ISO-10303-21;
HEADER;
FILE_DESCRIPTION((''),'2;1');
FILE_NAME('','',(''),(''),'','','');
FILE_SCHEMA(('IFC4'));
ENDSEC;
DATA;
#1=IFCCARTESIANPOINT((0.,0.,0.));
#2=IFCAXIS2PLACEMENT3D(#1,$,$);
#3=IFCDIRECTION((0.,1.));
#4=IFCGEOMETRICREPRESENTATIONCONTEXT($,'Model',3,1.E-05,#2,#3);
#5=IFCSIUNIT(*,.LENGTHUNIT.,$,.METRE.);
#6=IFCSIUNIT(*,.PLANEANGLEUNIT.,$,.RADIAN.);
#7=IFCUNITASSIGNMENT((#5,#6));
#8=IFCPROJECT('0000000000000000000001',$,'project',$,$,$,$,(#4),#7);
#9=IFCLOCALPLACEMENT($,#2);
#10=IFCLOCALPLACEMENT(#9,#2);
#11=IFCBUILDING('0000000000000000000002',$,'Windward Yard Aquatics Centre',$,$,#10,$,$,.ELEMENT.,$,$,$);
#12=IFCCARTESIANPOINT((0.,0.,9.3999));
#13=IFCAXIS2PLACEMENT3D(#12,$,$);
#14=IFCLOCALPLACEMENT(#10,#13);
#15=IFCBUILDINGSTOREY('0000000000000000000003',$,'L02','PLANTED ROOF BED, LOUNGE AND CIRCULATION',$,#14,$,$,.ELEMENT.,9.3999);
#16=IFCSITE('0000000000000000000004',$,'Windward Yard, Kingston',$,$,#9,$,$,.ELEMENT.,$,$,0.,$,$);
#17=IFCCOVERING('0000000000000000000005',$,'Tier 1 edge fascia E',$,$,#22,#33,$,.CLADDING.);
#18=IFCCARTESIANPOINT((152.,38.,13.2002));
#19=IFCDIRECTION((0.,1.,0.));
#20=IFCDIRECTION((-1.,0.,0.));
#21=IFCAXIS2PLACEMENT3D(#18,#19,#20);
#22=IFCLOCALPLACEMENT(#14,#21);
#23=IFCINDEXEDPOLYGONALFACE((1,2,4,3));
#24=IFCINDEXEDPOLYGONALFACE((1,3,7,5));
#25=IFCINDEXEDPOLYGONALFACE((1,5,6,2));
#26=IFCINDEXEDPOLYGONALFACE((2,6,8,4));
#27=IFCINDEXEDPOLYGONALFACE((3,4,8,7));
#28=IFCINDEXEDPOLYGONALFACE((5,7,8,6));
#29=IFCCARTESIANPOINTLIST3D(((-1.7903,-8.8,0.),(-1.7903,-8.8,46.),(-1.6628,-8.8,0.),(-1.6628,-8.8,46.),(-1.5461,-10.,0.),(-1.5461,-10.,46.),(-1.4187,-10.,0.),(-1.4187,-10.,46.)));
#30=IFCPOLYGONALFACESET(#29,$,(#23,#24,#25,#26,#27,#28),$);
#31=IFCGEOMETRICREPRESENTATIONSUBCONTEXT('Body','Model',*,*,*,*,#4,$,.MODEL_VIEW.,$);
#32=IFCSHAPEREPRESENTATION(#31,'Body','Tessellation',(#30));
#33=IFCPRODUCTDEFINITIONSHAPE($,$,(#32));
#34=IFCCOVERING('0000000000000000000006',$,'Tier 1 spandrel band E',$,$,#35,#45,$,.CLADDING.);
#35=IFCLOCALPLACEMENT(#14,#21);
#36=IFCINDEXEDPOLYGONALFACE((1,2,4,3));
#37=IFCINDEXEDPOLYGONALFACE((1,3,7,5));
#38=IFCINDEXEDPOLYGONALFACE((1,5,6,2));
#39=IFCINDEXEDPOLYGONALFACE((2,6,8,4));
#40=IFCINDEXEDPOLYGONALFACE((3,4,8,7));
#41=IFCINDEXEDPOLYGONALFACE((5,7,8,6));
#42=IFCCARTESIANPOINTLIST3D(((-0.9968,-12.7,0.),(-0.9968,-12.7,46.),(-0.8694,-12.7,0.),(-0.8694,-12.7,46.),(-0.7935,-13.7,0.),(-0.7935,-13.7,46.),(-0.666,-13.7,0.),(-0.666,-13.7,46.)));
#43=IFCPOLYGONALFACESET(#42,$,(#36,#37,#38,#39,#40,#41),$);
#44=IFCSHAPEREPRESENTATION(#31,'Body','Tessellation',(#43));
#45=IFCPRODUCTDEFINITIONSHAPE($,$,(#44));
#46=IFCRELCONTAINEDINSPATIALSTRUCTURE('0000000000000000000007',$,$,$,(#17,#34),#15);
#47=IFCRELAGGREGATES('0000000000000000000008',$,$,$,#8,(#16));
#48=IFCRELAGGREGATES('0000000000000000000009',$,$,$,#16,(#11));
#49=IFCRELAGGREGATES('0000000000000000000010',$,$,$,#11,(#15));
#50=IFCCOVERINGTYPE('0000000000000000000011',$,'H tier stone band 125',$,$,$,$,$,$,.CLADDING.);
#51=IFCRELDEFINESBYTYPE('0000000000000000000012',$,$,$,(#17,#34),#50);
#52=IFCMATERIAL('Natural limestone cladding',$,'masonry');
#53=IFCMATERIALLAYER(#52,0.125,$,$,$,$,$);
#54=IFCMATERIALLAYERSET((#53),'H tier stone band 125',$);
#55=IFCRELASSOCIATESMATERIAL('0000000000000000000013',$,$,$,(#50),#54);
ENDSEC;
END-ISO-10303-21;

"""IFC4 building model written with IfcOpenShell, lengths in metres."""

from ifc_helpers import new_model, si_unit, direction, frame, origin, place, context, subcontext, project, spatial, polyline, outline, extrude, material, layer, layer_set, type_object, element, save


model = new_model("IFC4")

# Units and contexts
model_context = context("Model", 3, precision=1e-05, world=origin(), true_north=direction((0.0, 1.0)))
body_context = subcontext(model_context, "Body", "Model", "MODEL_VIEW")
ifc_project = project(units=[si_unit("LENGTHUNIT", "METRE"), si_unit("PLANEANGLEUNIT", "RADIAN")], contexts=[model_context])

# Site, building, storey
site_placement = place(None, origin())
site = spatial("IfcSite", under=ifc_project, at=site_placement, Name="Windward Yard, Kingston", CompositionType="ELEMENT", RefElevation=0.0)
building_placement = place(site_placement, origin())
building = spatial("IfcBuilding", under=site, at=building_placement, Name="Windward Yard Aquatics Centre", CompositionType="ELEMENT")
storey_placement = place(building_placement, frame((0.0, 0.0, 9.3999)))
storey = spatial("IfcBuildingStorey", under=building, at=storey_placement, Name="L02", Description="PLANTED ROOF BED, LOUNGE AND CIRCULATION", CompositionType="ELEMENT", Elevation=9.3999)

# Coverings
ifc_material_1 = material(Name="Natural limestone cladding", Category="masonry")
ifc_layer_1 = layer(ifc_material_1, 0.125)
ifc_layer_set_1 = layer_set([ifc_layer_1], Name="H tier stone band 125")
covering_type = type_object("IfcCoveringType", Name="H tier stone band 125", PredefinedType="CLADDING", material=ifc_layer_set_1)
covering_1_placement = place(storey_placement, frame((152.0, 38.0, 13.2002), z_axis=(0.0, 1.0, 0.0), x_axis=(-1.0, 0.0, 0.0)))
element("IfcCovering", 1, at=covering_1_placement, inside=storey, type_object=covering_type, Name="Tier 1 edge fascia E", PredefinedType="CLADDING", context=body_context, shape_type="SweptSolid", body=[
    extrude(outline(polyline([(-1.5461, -10.0), (-1.4187, -10.0), (-1.6628, -8.8), (-1.7903, -8.8), (-1.5461, -10.0)])), origin(), (0.0, 0.0, 1.0), 46.0),
])
covering_2_placement = place(storey_placement, frame((152.0, 38.0, 13.2002), z_axis=(0.0, 1.0, 0.0), x_axis=(-1.0, 0.0, 0.0)))
element("IfcCovering", 2, at=covering_2_placement, inside=storey, type_object=covering_type, Name="Tier 1 spandrel band E", PredefinedType="CLADDING", context=body_context, shape_type="SweptSolid", body=[
    extrude(outline(polyline([(-0.7935, -13.7), (-0.666, -13.7), (-0.8694, -12.7), (-0.9968, -12.7), (-0.7935, -13.7)])), origin(), (0.0, 0.0, 1.0), 46.0),
])

save(model, "model.ifc")
